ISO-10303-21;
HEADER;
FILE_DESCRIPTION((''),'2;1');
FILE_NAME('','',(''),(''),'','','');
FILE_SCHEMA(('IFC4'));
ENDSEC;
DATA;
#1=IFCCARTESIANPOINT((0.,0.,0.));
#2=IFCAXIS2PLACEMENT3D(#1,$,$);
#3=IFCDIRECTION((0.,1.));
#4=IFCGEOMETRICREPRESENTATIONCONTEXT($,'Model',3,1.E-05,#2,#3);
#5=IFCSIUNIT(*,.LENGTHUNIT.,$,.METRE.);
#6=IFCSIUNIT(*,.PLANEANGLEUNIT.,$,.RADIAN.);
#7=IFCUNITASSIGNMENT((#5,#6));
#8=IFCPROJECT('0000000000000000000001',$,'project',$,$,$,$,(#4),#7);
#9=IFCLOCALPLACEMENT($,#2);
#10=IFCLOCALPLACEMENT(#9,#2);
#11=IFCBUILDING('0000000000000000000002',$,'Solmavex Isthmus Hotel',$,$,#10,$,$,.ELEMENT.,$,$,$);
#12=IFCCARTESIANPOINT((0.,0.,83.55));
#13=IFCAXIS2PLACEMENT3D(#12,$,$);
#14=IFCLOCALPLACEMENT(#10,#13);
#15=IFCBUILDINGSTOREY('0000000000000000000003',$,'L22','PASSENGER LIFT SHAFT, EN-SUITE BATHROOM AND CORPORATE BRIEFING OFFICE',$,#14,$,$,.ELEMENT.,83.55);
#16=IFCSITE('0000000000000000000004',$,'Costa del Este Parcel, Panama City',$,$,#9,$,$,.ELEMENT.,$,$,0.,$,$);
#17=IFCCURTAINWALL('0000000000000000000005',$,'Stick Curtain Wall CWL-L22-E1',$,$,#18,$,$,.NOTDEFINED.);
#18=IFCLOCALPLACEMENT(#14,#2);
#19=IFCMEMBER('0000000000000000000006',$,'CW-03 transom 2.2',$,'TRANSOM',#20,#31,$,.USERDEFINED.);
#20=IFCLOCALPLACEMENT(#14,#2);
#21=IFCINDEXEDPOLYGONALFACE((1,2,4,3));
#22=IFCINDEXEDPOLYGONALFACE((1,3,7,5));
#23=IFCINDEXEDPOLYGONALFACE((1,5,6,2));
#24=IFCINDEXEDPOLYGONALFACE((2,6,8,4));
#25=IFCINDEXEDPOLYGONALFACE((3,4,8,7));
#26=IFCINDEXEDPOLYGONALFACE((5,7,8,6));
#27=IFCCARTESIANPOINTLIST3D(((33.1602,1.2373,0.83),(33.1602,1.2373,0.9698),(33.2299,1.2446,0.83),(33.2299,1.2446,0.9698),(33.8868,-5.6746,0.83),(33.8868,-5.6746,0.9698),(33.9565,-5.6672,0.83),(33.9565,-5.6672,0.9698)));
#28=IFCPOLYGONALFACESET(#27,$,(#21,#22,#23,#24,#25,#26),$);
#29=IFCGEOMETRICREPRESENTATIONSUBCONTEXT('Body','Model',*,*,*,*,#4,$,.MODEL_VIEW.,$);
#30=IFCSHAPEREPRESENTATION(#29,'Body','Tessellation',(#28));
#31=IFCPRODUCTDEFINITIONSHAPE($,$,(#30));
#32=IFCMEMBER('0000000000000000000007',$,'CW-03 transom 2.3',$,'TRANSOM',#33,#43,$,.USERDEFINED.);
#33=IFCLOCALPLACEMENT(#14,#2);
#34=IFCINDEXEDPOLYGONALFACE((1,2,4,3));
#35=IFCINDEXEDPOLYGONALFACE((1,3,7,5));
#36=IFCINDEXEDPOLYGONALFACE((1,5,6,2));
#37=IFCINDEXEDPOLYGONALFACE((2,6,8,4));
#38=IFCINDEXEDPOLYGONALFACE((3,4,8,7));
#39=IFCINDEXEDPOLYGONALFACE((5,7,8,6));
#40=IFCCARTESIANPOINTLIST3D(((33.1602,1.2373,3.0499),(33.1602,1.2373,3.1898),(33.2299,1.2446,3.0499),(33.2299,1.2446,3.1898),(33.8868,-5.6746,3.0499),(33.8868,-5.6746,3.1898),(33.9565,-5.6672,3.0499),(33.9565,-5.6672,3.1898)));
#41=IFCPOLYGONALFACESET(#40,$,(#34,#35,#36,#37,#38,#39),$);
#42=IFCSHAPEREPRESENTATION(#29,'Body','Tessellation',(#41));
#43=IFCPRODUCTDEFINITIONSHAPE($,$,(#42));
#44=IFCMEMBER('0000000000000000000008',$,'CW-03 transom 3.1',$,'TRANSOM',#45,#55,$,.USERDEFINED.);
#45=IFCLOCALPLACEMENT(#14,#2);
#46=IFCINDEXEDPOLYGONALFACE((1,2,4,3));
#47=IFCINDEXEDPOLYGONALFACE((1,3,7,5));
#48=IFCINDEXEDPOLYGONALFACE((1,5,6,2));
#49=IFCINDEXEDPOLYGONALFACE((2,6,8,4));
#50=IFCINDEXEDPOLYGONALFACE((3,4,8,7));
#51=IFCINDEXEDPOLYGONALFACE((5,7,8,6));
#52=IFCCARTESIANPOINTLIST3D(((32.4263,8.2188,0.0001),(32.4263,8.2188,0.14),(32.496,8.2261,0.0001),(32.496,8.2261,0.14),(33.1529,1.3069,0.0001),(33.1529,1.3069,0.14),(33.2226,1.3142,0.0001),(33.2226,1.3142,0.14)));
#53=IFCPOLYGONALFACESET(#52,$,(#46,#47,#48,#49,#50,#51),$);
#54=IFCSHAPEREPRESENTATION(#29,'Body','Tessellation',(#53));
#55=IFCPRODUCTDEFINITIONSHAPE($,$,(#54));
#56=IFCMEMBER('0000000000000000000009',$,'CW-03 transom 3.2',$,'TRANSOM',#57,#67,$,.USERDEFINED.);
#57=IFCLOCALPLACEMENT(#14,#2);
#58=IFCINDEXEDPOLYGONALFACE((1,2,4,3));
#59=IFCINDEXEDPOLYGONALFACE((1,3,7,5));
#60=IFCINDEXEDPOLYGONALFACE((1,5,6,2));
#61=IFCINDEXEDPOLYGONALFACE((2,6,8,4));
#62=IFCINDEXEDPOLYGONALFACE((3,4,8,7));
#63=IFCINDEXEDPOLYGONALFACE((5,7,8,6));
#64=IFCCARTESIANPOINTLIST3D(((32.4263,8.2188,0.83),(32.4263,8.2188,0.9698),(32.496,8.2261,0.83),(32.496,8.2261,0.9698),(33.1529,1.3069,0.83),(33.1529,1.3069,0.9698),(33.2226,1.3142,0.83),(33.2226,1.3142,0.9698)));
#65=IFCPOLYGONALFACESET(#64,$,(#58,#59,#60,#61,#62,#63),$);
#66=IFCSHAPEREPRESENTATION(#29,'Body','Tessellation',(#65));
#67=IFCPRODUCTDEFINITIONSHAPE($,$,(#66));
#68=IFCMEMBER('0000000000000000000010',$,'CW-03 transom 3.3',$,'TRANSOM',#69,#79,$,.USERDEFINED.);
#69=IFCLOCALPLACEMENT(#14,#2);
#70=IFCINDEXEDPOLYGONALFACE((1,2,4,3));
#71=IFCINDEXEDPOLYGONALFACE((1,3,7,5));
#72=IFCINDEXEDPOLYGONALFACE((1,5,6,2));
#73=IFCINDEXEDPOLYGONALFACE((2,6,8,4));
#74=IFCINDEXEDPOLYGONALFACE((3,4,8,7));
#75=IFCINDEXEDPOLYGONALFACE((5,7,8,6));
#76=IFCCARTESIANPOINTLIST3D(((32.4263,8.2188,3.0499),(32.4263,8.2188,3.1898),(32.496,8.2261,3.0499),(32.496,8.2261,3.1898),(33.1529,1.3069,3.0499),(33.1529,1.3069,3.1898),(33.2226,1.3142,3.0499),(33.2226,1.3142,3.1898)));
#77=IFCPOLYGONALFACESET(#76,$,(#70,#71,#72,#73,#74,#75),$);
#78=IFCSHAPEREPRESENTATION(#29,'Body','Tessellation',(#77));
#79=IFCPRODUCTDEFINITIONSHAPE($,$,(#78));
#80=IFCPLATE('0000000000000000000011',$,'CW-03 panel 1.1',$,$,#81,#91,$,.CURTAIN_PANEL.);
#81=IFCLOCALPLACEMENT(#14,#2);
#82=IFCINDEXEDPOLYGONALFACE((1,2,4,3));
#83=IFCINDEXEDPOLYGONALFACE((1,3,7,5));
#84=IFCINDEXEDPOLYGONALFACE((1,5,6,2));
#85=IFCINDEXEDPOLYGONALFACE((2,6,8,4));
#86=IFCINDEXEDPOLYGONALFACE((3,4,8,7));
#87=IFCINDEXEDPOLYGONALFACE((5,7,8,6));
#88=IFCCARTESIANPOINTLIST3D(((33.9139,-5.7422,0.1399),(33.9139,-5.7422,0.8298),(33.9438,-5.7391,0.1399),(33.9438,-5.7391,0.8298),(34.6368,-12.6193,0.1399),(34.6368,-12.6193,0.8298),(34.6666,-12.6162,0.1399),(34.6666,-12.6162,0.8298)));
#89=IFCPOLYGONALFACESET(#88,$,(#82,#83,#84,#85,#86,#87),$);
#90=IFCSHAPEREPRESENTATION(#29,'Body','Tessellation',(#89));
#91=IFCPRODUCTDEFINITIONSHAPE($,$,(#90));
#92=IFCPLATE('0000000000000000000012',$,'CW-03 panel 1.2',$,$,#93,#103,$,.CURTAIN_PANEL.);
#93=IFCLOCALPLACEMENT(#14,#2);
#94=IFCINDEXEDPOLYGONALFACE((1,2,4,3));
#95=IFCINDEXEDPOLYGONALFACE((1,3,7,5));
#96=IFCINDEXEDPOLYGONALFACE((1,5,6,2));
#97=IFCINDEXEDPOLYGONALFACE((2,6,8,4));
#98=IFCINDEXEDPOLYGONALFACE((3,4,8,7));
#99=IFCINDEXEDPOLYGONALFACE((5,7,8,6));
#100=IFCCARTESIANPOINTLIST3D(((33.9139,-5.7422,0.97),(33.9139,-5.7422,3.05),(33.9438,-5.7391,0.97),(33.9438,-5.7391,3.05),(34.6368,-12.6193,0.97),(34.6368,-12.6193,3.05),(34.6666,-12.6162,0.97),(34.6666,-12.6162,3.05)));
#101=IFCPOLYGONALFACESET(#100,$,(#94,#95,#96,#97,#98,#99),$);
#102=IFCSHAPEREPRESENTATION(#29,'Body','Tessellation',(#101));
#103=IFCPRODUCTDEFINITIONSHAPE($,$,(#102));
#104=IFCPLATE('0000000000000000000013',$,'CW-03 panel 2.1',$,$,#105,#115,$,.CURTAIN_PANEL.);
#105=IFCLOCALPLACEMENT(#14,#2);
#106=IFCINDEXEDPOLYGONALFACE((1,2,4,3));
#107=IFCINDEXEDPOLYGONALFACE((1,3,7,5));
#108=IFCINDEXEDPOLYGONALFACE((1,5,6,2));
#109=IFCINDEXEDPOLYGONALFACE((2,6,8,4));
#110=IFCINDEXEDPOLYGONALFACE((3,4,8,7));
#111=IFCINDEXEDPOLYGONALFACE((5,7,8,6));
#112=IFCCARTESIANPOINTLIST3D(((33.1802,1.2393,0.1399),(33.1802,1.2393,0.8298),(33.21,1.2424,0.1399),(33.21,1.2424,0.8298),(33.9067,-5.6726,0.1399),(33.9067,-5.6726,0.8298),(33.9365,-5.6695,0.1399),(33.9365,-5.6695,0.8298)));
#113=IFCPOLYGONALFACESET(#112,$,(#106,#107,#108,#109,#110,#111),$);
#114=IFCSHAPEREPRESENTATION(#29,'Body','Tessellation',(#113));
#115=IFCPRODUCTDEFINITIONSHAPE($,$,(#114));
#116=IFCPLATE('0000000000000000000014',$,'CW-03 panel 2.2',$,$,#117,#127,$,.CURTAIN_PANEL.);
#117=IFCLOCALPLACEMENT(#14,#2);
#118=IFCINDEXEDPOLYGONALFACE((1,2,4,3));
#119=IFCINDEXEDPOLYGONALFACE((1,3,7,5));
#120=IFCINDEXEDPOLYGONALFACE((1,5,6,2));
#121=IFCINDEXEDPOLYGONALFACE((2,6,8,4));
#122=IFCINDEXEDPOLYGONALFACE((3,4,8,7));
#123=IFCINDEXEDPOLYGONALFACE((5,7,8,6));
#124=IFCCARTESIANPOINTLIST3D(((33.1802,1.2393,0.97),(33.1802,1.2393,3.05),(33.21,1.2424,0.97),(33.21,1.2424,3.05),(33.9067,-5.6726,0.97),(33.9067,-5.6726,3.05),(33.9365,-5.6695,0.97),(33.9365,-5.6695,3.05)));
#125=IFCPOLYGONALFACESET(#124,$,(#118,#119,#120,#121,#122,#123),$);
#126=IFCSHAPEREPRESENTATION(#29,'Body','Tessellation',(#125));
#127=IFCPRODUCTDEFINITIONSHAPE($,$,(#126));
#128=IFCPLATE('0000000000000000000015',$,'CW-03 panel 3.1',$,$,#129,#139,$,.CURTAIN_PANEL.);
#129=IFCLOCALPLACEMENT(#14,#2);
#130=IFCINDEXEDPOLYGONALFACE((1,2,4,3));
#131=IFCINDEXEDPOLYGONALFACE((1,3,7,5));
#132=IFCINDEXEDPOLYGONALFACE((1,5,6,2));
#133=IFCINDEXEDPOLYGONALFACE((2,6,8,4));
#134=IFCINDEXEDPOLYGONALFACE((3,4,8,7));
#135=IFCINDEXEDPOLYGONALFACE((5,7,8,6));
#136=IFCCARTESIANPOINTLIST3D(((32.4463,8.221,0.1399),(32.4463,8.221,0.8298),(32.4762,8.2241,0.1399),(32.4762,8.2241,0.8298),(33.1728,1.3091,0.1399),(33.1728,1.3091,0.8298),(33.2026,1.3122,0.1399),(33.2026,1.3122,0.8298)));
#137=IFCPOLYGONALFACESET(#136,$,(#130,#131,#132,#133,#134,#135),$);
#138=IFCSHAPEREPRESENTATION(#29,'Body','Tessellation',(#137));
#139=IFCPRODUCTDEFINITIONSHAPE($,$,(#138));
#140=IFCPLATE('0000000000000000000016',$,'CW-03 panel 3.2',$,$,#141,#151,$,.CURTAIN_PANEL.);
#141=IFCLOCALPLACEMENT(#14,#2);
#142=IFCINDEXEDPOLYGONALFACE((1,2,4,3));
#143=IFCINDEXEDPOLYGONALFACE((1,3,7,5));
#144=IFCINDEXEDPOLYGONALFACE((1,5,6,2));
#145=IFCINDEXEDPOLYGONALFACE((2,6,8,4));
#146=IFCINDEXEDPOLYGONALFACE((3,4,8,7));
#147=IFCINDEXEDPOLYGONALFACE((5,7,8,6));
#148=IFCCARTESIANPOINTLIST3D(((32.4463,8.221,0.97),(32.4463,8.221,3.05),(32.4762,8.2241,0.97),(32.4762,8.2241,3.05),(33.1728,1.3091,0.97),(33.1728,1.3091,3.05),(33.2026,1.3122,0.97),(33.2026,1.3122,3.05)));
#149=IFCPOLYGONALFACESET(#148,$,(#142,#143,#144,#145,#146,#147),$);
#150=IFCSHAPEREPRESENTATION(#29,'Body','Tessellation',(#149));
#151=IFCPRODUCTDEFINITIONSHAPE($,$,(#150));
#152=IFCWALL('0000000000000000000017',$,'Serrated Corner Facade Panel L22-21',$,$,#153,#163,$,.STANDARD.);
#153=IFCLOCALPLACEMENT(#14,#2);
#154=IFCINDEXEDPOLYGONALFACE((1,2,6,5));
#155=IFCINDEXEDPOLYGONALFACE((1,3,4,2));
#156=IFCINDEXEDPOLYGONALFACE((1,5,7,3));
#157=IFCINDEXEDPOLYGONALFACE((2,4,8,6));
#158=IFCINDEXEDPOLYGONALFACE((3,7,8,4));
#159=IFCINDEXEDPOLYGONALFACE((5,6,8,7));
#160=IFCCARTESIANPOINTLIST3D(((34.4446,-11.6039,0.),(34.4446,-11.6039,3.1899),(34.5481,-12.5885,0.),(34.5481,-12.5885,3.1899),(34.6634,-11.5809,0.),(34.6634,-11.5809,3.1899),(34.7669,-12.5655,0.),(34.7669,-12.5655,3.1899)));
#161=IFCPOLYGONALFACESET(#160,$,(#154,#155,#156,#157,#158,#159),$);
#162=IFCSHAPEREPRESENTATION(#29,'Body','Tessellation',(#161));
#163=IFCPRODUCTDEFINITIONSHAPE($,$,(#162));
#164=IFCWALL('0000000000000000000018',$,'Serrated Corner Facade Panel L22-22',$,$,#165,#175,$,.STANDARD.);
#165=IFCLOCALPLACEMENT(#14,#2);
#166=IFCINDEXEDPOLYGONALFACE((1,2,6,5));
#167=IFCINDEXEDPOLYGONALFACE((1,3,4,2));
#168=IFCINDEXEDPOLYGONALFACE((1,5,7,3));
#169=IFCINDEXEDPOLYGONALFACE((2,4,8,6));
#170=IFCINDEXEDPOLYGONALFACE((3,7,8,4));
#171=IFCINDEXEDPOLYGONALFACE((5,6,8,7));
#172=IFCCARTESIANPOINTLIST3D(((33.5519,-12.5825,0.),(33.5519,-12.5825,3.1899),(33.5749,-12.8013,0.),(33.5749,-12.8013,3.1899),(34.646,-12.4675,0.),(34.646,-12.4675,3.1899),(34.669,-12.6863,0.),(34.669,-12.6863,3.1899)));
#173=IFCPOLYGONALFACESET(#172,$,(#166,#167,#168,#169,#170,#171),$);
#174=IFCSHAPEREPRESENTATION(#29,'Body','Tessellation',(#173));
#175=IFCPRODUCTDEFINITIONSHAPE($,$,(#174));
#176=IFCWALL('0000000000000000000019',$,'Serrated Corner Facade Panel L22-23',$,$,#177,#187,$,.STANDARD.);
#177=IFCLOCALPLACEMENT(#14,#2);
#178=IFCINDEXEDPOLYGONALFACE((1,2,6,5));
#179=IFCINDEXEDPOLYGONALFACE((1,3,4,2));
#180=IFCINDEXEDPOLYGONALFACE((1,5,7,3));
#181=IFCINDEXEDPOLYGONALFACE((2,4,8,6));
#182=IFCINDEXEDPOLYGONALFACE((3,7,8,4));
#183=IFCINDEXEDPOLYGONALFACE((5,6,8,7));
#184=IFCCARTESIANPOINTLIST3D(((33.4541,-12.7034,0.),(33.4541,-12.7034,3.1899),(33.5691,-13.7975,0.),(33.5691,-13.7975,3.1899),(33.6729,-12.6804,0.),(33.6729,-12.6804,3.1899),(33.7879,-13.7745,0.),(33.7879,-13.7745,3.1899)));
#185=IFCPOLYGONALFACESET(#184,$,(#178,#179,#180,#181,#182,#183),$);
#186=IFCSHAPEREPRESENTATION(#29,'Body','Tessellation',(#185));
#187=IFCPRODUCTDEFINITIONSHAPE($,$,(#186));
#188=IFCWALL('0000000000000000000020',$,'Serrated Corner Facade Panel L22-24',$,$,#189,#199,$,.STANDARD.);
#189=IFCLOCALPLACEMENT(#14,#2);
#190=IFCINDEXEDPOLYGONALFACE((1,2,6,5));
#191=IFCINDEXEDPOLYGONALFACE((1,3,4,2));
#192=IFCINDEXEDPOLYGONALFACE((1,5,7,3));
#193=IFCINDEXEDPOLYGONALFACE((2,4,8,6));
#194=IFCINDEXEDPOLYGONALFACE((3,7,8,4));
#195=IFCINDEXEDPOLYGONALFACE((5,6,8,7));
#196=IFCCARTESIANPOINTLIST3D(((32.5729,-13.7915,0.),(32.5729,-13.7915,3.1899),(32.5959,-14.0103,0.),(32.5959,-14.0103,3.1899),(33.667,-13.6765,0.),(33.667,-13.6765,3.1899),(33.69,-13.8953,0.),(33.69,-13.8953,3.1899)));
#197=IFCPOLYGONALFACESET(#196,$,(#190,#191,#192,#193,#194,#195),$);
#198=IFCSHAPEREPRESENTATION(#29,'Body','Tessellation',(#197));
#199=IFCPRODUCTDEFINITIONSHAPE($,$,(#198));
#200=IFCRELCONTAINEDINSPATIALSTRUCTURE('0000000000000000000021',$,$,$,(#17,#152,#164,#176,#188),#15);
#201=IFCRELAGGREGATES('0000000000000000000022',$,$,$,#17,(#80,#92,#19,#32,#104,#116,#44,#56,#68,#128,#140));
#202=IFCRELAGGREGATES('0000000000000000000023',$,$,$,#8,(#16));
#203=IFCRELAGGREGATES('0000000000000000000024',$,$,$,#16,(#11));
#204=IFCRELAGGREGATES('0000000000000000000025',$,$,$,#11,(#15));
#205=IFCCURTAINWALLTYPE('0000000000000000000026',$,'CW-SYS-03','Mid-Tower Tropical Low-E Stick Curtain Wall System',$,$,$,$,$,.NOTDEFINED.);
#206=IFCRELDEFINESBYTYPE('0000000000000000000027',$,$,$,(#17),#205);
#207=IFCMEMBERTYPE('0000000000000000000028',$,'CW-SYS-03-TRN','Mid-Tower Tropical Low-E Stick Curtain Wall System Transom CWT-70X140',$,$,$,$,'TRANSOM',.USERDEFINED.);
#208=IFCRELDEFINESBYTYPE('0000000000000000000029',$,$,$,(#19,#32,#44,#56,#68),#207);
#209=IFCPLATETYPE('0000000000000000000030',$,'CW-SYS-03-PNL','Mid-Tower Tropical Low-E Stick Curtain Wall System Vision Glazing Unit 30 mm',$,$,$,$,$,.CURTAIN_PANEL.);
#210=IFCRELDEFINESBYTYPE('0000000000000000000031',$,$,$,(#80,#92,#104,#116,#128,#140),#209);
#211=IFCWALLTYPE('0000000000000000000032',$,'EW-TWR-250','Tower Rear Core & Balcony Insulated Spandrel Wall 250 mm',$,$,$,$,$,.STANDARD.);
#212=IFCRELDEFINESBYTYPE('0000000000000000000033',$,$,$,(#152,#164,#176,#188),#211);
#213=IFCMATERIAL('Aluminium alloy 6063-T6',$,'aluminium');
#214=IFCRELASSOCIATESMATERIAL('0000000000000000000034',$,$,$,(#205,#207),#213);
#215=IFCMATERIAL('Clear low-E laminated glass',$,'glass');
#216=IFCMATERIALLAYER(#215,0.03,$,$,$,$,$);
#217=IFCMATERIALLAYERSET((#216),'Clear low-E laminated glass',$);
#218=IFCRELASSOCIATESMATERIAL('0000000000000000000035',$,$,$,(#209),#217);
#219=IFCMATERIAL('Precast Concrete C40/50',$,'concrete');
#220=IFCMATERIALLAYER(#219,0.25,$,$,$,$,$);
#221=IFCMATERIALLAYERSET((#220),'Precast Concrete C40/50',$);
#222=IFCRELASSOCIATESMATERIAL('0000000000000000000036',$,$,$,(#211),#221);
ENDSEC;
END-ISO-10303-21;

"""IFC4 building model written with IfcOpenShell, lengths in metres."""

from ifc_helpers import new_model, si_unit, direction, frame, frame_2d, origin, origin_2d, place, context, subcontext, project, spatial, rectangle, extrude, material, layer, layer_set, material_profile, profile_set, type_object, element, aggregate, save


model = new_model("IFC4")

# Units and contexts
model_context = context("Model", 3, precision=1e-05, world=origin(), true_north=direction((0.0, 1.0)))
body_context = subcontext(model_context, "Body", "Model", "MODEL_VIEW")
ifc_project = project(units=[si_unit("LENGTHUNIT", "METRE"), si_unit("PLANEANGLEUNIT", "RADIAN")], contexts=[model_context])

# Site, building, storey
site_placement = place(None, origin())
site = spatial("IfcSite", under=ifc_project, at=site_placement, Name="Costa del Este Parcel, Panama City", CompositionType="ELEMENT", RefElevation=0.0)
building_placement = place(site_placement, origin())
building = spatial("IfcBuilding", under=site, at=building_placement, Name="Solmavex Isthmus Hotel", CompositionType="ELEMENT")
storey_placement = place(building_placement, frame((0.0, 0.0, 83.55)))
storey = spatial("IfcBuildingStorey", under=building, at=storey_placement, Name="L22", Description="PASSENGER LIFT SHAFT, EN-SUITE BATHROOM AND CORPORATE BRIEFING OFFICE", CompositionType="ELEMENT", Elevation=83.55)

# Curtain wall, members, plates
ifc_material_1 = material(Name="Aluminium alloy 6063-T6", Category="aluminium")
curtain_wall_type = type_object("IfcCurtainWallType", Name="CW-SYS-03", Description="Mid-Tower Tropical Low-E Stick Curtain Wall System", PredefinedType="NOTDEFINED", material=ifc_material_1)
curtain_wall_placement = place(storey_placement, origin())
curtain_wall = element("IfcCurtainWall", 1, at=curtain_wall_placement, inside=storey, type_object=curtain_wall_type, Name="Stick Curtain Wall CWL-L22-E1", PredefinedType="NOTDEFINED")
ifc_material_profile_1 = material_profile(ifc_material_1, rectangle(XDim=0.0701, YDim=0.1399, at=origin_2d()), Name="CWT-70X140")
ifc_profile_set_1 = profile_set([ifc_material_profile_1], Name="Aluminium alloy 6063-T6")
member_type_1 = type_object("IfcMemberType", Name="CW-SYS-03-TRN", Description="Mid-Tower Tropical Low-E Stick Curtain Wall System Transom CWT-70X140", ElementType="TRANSOM", PredefinedType="USERDEFINED", material=ifc_profile_set_1)
member_1_placement = place(storey_placement, frame((33.9216, -5.6709, 0.8999), z_axis=(-0.104542, 0.99452, 0.0), x_axis=(-0.99452, -0.104542, 0.0)))
member_1 = element("IfcMember", 2, at=member_1_placement, type_object=member_type_1, Name="CW-03 transom 2.2", ObjectType="TRANSOM", PredefinedType="USERDEFINED", context=body_context, shape_type="SweptSolid", body=[
    extrude(rectangle(XDim=0.0701, YDim=0.1399, at=origin_2d()), origin(), (0.0, 0.0, 1.0), 6.95),
])
member_2_placement = place(storey_placement, frame((33.9216, -5.6709, 3.1199), z_axis=(-0.104542, 0.99452, 0.0), x_axis=(-0.99452, -0.104542, 0.0)))
member_2 = element("IfcMember", 3, at=member_2_placement, type_object=member_type_1, Name="CW-03 transom 2.3", ObjectType="TRANSOM", PredefinedType="USERDEFINED", context=body_context, shape_type="SweptSolid", body=[
    extrude(rectangle(XDim=0.0701, YDim=0.1399, at=origin_2d()), origin(), (0.0, 0.0, 1.0), 6.95),
])
member_3_placement = place(storey_placement, frame((33.1877, 1.3105, 0.0701), z_axis=(-0.104542, 0.99452, 0.0), x_axis=(-0.99452, -0.104542, 0.0)))
member_3 = element("IfcMember", 4, at=member_3_placement, type_object=member_type_1, Name="CW-03 transom 3.1", ObjectType="TRANSOM", PredefinedType="USERDEFINED", context=body_context, shape_type="SweptSolid", body=[
    extrude(rectangle(XDim=0.0701, YDim=0.1399, at=origin_2d()), origin(), (0.0, 0.0, 1.0), 6.95),
])
member_4_placement = place(storey_placement, frame((33.1877, 1.3105, 0.8999), z_axis=(-0.104542, 0.99452, 0.0), x_axis=(-0.99452, -0.104542, 0.0)))
member_4 = element("IfcMember", 5, at=member_4_placement, type_object=member_type_1, Name="CW-03 transom 3.2", ObjectType="TRANSOM", PredefinedType="USERDEFINED", context=body_context, shape_type="SweptSolid", body=[
    extrude(rectangle(XDim=0.0701, YDim=0.1399, at=origin_2d()), origin(), (0.0, 0.0, 1.0), 6.95),
])
member_5_placement = place(storey_placement, frame((33.1877, 1.3105, 3.1199), z_axis=(-0.104542, 0.99452, 0.0), x_axis=(-0.99452, -0.104542, 0.0)))
member_5 = element("IfcMember", 6, at=member_5_placement, type_object=member_type_1, Name="CW-03 transom 3.3", ObjectType="TRANSOM", PredefinedType="USERDEFINED", context=body_context, shape_type="SweptSolid", body=[
    extrude(rectangle(XDim=0.0701, YDim=0.1399, at=origin_2d()), origin(), (0.0, 0.0, 1.0), 6.95),
])
ifc_material_2 = material(Name="Clear low-E laminated glass", Category="glass")
ifc_layer_1 = layer(ifc_material_2, 0.03)
ifc_layer_set_1 = layer_set([ifc_layer_1], Name="Clear low-E laminated glass")
plate_type = type_object("IfcPlateType", Name="CW-SYS-03-PNL", Description="Mid-Tower Tropical Low-E Stick Curtain Wall System Vision Glazing Unit 30 mm", PredefinedType="CURTAIN_PANEL", material=ifc_layer_set_1)
plate_1_placement = place(storey_placement, frame((34.2903, -9.1792, 0.1399), z_axis=(0.0, 0.0, 1.0), x_axis=(-0.104528, 0.994522, 0.0)))
plate_1 = element("IfcPlate", 7, at=plate_1_placement, type_object=plate_type, Name="CW-03 panel 1.1", PredefinedType="CURTAIN_PANEL", context=body_context, shape_type="SweptSolid", body=[
    extrude(rectangle(XDim=6.915, YDim=0.03, at=origin_2d()), origin(), (0.0, 0.0, 1.0), 0.6899),
])
plate_2_placement = place(storey_placement, frame((34.2903, -9.1792, 0.97), z_axis=(0.0, 0.0, 1.0), x_axis=(-0.104528, 0.994522, 0.0)))
plate_2 = element("IfcPlate", 8, at=plate_2_placement, type_object=plate_type, Name="CW-03 panel 1.2", PredefinedType="CURTAIN_PANEL", context=body_context, shape_type="SweptSolid", body=[
    extrude(rectangle(XDim=6.915, YDim=0.03, at=origin_2d()), origin(), (0.0, 0.0, 1.0), 2.0801),
])
plate_3_placement = place(storey_placement, frame((33.5583, -2.2151, 0.1399), z_axis=(0.0, 0.0, 1.0), x_axis=(-0.104528, 0.994522, 0.0)))
plate_3 = element("IfcPlate", 9, at=plate_3_placement, type_object=plate_type, Name="CW-03 panel 2.1", PredefinedType="CURTAIN_PANEL", context=body_context, shape_type="SweptSolid", body=[
    extrude(rectangle(XDim=6.95, YDim=0.03, at=origin_2d()), origin(), (0.0, 0.0, 1.0), 0.6899),
])
plate_4_placement = place(storey_placement, frame((33.5583, -2.2151, 0.97), z_axis=(0.0, 0.0, 1.0), x_axis=(-0.104528, 0.994522, 0.0)))
plate_4 = element("IfcPlate", 10, at=plate_4_placement, type_object=plate_type, Name="CW-03 panel 2.2", PredefinedType="CURTAIN_PANEL", context=body_context, shape_type="SweptSolid", body=[
    extrude(rectangle(XDim=6.95, YDim=0.03, at=origin_2d()), origin(), (0.0, 0.0, 1.0), 2.0801),
])
plate_5_placement = place(storey_placement, frame((32.8245, 4.7666, 0.1399), z_axis=(0.0, 0.0, 1.0), x_axis=(-0.104528, 0.994522, 0.0)))
plate_5 = element("IfcPlate", 11, at=plate_5_placement, type_object=plate_type, Name="CW-03 panel 3.1", PredefinedType="CURTAIN_PANEL", context=body_context, shape_type="SweptSolid", body=[
    extrude(rectangle(XDim=6.95, YDim=0.03, at=origin_2d()), origin(), (0.0, 0.0, 1.0), 0.6899),
])
plate_6_placement = place(storey_placement, frame((32.8245, 4.7666, 0.97), z_axis=(0.0, 0.0, 1.0), x_axis=(-0.104528, 0.994522, 0.0)))
plate_6 = element("IfcPlate", 12, at=plate_6_placement, type_object=plate_type, Name="CW-03 panel 3.2", PredefinedType="CURTAIN_PANEL", context=body_context, shape_type="SweptSolid", body=[
    extrude(rectangle(XDim=6.95, YDim=0.03, at=origin_2d()), origin(), (0.0, 0.0, 1.0), 2.0801),
])
aggregate(curtain_wall, [plate_1, plate_2, member_1, member_2, plate_3, plate_4, member_3, member_4, member_5, plate_5, plate_6])

# Walls
ifc_material_3 = material(Name="Precast Concrete C40/50", Category="concrete")
ifc_layer_2 = layer(ifc_material_3, 0.25)
ifc_layer_set_2 = layer_set([ifc_layer_2], Name="Precast Concrete C40/50")
wall_type_1 = type_object("IfcWallType", Name="EW-TWR-250", Description="Tower Rear Core & Balcony Insulated Spandrel Wall 250 mm", PredefinedType="STANDARD", material=ifc_layer_set_2)
wall_1_placement = place(storey_placement, frame((34.554, -11.5923, 0.0), z_axis=(0.0, 0.0, 1.0), x_axis=(0.104556, -0.994519, 0.0)))
element("IfcWall", 13, at=wall_1_placement, inside=storey, type_object=wall_type_1, Name="Serrated Corner Facade Panel L22-21", PredefinedType="STANDARD", context=body_context, shape_type="SweptSolid", body=[
    extrude(rectangle(XDim=0.99, YDim=0.22, at=frame_2d((0.4951, 0.0))), origin(), (0.0, 0.0, 1.0), 3.1899),
])
for number, where, z_axis, x_axis, name in (
    (14, (34.6575, -12.5769, 0.0), (0.0, 0.0, 1.0), (-0.994521, -0.104535, 0.0), "Serrated Corner Facade Panel L22-22"),
    (15, (33.5635, -12.6919, 0.0), (0.0, 0.0, 1.0), (0.104535, -0.994521, 0.0), "Serrated Corner Facade Panel L22-23"),
    (16, (33.6785, -13.7859, 0.0), (0.0, 0.0, 1.0), (-0.994521, -0.104535, 0.0), "Serrated Corner Facade Panel L22-24"),
):
    element("IfcWall", number, at=place(storey_placement, frame(where, z_axis=z_axis, x_axis=x_axis)), inside=storey, type_object=wall_type_1, Name=name, PredefinedType="STANDARD", context=body_context, shape_type="SweptSolid", body=[
        extrude(rectangle(XDim=1.1001, YDim=0.22, at=frame_2d((0.55, 0.0))), origin(), (0.0, 0.0, 1.0), 3.1899),
    ])

save(model, "model.ifc")
